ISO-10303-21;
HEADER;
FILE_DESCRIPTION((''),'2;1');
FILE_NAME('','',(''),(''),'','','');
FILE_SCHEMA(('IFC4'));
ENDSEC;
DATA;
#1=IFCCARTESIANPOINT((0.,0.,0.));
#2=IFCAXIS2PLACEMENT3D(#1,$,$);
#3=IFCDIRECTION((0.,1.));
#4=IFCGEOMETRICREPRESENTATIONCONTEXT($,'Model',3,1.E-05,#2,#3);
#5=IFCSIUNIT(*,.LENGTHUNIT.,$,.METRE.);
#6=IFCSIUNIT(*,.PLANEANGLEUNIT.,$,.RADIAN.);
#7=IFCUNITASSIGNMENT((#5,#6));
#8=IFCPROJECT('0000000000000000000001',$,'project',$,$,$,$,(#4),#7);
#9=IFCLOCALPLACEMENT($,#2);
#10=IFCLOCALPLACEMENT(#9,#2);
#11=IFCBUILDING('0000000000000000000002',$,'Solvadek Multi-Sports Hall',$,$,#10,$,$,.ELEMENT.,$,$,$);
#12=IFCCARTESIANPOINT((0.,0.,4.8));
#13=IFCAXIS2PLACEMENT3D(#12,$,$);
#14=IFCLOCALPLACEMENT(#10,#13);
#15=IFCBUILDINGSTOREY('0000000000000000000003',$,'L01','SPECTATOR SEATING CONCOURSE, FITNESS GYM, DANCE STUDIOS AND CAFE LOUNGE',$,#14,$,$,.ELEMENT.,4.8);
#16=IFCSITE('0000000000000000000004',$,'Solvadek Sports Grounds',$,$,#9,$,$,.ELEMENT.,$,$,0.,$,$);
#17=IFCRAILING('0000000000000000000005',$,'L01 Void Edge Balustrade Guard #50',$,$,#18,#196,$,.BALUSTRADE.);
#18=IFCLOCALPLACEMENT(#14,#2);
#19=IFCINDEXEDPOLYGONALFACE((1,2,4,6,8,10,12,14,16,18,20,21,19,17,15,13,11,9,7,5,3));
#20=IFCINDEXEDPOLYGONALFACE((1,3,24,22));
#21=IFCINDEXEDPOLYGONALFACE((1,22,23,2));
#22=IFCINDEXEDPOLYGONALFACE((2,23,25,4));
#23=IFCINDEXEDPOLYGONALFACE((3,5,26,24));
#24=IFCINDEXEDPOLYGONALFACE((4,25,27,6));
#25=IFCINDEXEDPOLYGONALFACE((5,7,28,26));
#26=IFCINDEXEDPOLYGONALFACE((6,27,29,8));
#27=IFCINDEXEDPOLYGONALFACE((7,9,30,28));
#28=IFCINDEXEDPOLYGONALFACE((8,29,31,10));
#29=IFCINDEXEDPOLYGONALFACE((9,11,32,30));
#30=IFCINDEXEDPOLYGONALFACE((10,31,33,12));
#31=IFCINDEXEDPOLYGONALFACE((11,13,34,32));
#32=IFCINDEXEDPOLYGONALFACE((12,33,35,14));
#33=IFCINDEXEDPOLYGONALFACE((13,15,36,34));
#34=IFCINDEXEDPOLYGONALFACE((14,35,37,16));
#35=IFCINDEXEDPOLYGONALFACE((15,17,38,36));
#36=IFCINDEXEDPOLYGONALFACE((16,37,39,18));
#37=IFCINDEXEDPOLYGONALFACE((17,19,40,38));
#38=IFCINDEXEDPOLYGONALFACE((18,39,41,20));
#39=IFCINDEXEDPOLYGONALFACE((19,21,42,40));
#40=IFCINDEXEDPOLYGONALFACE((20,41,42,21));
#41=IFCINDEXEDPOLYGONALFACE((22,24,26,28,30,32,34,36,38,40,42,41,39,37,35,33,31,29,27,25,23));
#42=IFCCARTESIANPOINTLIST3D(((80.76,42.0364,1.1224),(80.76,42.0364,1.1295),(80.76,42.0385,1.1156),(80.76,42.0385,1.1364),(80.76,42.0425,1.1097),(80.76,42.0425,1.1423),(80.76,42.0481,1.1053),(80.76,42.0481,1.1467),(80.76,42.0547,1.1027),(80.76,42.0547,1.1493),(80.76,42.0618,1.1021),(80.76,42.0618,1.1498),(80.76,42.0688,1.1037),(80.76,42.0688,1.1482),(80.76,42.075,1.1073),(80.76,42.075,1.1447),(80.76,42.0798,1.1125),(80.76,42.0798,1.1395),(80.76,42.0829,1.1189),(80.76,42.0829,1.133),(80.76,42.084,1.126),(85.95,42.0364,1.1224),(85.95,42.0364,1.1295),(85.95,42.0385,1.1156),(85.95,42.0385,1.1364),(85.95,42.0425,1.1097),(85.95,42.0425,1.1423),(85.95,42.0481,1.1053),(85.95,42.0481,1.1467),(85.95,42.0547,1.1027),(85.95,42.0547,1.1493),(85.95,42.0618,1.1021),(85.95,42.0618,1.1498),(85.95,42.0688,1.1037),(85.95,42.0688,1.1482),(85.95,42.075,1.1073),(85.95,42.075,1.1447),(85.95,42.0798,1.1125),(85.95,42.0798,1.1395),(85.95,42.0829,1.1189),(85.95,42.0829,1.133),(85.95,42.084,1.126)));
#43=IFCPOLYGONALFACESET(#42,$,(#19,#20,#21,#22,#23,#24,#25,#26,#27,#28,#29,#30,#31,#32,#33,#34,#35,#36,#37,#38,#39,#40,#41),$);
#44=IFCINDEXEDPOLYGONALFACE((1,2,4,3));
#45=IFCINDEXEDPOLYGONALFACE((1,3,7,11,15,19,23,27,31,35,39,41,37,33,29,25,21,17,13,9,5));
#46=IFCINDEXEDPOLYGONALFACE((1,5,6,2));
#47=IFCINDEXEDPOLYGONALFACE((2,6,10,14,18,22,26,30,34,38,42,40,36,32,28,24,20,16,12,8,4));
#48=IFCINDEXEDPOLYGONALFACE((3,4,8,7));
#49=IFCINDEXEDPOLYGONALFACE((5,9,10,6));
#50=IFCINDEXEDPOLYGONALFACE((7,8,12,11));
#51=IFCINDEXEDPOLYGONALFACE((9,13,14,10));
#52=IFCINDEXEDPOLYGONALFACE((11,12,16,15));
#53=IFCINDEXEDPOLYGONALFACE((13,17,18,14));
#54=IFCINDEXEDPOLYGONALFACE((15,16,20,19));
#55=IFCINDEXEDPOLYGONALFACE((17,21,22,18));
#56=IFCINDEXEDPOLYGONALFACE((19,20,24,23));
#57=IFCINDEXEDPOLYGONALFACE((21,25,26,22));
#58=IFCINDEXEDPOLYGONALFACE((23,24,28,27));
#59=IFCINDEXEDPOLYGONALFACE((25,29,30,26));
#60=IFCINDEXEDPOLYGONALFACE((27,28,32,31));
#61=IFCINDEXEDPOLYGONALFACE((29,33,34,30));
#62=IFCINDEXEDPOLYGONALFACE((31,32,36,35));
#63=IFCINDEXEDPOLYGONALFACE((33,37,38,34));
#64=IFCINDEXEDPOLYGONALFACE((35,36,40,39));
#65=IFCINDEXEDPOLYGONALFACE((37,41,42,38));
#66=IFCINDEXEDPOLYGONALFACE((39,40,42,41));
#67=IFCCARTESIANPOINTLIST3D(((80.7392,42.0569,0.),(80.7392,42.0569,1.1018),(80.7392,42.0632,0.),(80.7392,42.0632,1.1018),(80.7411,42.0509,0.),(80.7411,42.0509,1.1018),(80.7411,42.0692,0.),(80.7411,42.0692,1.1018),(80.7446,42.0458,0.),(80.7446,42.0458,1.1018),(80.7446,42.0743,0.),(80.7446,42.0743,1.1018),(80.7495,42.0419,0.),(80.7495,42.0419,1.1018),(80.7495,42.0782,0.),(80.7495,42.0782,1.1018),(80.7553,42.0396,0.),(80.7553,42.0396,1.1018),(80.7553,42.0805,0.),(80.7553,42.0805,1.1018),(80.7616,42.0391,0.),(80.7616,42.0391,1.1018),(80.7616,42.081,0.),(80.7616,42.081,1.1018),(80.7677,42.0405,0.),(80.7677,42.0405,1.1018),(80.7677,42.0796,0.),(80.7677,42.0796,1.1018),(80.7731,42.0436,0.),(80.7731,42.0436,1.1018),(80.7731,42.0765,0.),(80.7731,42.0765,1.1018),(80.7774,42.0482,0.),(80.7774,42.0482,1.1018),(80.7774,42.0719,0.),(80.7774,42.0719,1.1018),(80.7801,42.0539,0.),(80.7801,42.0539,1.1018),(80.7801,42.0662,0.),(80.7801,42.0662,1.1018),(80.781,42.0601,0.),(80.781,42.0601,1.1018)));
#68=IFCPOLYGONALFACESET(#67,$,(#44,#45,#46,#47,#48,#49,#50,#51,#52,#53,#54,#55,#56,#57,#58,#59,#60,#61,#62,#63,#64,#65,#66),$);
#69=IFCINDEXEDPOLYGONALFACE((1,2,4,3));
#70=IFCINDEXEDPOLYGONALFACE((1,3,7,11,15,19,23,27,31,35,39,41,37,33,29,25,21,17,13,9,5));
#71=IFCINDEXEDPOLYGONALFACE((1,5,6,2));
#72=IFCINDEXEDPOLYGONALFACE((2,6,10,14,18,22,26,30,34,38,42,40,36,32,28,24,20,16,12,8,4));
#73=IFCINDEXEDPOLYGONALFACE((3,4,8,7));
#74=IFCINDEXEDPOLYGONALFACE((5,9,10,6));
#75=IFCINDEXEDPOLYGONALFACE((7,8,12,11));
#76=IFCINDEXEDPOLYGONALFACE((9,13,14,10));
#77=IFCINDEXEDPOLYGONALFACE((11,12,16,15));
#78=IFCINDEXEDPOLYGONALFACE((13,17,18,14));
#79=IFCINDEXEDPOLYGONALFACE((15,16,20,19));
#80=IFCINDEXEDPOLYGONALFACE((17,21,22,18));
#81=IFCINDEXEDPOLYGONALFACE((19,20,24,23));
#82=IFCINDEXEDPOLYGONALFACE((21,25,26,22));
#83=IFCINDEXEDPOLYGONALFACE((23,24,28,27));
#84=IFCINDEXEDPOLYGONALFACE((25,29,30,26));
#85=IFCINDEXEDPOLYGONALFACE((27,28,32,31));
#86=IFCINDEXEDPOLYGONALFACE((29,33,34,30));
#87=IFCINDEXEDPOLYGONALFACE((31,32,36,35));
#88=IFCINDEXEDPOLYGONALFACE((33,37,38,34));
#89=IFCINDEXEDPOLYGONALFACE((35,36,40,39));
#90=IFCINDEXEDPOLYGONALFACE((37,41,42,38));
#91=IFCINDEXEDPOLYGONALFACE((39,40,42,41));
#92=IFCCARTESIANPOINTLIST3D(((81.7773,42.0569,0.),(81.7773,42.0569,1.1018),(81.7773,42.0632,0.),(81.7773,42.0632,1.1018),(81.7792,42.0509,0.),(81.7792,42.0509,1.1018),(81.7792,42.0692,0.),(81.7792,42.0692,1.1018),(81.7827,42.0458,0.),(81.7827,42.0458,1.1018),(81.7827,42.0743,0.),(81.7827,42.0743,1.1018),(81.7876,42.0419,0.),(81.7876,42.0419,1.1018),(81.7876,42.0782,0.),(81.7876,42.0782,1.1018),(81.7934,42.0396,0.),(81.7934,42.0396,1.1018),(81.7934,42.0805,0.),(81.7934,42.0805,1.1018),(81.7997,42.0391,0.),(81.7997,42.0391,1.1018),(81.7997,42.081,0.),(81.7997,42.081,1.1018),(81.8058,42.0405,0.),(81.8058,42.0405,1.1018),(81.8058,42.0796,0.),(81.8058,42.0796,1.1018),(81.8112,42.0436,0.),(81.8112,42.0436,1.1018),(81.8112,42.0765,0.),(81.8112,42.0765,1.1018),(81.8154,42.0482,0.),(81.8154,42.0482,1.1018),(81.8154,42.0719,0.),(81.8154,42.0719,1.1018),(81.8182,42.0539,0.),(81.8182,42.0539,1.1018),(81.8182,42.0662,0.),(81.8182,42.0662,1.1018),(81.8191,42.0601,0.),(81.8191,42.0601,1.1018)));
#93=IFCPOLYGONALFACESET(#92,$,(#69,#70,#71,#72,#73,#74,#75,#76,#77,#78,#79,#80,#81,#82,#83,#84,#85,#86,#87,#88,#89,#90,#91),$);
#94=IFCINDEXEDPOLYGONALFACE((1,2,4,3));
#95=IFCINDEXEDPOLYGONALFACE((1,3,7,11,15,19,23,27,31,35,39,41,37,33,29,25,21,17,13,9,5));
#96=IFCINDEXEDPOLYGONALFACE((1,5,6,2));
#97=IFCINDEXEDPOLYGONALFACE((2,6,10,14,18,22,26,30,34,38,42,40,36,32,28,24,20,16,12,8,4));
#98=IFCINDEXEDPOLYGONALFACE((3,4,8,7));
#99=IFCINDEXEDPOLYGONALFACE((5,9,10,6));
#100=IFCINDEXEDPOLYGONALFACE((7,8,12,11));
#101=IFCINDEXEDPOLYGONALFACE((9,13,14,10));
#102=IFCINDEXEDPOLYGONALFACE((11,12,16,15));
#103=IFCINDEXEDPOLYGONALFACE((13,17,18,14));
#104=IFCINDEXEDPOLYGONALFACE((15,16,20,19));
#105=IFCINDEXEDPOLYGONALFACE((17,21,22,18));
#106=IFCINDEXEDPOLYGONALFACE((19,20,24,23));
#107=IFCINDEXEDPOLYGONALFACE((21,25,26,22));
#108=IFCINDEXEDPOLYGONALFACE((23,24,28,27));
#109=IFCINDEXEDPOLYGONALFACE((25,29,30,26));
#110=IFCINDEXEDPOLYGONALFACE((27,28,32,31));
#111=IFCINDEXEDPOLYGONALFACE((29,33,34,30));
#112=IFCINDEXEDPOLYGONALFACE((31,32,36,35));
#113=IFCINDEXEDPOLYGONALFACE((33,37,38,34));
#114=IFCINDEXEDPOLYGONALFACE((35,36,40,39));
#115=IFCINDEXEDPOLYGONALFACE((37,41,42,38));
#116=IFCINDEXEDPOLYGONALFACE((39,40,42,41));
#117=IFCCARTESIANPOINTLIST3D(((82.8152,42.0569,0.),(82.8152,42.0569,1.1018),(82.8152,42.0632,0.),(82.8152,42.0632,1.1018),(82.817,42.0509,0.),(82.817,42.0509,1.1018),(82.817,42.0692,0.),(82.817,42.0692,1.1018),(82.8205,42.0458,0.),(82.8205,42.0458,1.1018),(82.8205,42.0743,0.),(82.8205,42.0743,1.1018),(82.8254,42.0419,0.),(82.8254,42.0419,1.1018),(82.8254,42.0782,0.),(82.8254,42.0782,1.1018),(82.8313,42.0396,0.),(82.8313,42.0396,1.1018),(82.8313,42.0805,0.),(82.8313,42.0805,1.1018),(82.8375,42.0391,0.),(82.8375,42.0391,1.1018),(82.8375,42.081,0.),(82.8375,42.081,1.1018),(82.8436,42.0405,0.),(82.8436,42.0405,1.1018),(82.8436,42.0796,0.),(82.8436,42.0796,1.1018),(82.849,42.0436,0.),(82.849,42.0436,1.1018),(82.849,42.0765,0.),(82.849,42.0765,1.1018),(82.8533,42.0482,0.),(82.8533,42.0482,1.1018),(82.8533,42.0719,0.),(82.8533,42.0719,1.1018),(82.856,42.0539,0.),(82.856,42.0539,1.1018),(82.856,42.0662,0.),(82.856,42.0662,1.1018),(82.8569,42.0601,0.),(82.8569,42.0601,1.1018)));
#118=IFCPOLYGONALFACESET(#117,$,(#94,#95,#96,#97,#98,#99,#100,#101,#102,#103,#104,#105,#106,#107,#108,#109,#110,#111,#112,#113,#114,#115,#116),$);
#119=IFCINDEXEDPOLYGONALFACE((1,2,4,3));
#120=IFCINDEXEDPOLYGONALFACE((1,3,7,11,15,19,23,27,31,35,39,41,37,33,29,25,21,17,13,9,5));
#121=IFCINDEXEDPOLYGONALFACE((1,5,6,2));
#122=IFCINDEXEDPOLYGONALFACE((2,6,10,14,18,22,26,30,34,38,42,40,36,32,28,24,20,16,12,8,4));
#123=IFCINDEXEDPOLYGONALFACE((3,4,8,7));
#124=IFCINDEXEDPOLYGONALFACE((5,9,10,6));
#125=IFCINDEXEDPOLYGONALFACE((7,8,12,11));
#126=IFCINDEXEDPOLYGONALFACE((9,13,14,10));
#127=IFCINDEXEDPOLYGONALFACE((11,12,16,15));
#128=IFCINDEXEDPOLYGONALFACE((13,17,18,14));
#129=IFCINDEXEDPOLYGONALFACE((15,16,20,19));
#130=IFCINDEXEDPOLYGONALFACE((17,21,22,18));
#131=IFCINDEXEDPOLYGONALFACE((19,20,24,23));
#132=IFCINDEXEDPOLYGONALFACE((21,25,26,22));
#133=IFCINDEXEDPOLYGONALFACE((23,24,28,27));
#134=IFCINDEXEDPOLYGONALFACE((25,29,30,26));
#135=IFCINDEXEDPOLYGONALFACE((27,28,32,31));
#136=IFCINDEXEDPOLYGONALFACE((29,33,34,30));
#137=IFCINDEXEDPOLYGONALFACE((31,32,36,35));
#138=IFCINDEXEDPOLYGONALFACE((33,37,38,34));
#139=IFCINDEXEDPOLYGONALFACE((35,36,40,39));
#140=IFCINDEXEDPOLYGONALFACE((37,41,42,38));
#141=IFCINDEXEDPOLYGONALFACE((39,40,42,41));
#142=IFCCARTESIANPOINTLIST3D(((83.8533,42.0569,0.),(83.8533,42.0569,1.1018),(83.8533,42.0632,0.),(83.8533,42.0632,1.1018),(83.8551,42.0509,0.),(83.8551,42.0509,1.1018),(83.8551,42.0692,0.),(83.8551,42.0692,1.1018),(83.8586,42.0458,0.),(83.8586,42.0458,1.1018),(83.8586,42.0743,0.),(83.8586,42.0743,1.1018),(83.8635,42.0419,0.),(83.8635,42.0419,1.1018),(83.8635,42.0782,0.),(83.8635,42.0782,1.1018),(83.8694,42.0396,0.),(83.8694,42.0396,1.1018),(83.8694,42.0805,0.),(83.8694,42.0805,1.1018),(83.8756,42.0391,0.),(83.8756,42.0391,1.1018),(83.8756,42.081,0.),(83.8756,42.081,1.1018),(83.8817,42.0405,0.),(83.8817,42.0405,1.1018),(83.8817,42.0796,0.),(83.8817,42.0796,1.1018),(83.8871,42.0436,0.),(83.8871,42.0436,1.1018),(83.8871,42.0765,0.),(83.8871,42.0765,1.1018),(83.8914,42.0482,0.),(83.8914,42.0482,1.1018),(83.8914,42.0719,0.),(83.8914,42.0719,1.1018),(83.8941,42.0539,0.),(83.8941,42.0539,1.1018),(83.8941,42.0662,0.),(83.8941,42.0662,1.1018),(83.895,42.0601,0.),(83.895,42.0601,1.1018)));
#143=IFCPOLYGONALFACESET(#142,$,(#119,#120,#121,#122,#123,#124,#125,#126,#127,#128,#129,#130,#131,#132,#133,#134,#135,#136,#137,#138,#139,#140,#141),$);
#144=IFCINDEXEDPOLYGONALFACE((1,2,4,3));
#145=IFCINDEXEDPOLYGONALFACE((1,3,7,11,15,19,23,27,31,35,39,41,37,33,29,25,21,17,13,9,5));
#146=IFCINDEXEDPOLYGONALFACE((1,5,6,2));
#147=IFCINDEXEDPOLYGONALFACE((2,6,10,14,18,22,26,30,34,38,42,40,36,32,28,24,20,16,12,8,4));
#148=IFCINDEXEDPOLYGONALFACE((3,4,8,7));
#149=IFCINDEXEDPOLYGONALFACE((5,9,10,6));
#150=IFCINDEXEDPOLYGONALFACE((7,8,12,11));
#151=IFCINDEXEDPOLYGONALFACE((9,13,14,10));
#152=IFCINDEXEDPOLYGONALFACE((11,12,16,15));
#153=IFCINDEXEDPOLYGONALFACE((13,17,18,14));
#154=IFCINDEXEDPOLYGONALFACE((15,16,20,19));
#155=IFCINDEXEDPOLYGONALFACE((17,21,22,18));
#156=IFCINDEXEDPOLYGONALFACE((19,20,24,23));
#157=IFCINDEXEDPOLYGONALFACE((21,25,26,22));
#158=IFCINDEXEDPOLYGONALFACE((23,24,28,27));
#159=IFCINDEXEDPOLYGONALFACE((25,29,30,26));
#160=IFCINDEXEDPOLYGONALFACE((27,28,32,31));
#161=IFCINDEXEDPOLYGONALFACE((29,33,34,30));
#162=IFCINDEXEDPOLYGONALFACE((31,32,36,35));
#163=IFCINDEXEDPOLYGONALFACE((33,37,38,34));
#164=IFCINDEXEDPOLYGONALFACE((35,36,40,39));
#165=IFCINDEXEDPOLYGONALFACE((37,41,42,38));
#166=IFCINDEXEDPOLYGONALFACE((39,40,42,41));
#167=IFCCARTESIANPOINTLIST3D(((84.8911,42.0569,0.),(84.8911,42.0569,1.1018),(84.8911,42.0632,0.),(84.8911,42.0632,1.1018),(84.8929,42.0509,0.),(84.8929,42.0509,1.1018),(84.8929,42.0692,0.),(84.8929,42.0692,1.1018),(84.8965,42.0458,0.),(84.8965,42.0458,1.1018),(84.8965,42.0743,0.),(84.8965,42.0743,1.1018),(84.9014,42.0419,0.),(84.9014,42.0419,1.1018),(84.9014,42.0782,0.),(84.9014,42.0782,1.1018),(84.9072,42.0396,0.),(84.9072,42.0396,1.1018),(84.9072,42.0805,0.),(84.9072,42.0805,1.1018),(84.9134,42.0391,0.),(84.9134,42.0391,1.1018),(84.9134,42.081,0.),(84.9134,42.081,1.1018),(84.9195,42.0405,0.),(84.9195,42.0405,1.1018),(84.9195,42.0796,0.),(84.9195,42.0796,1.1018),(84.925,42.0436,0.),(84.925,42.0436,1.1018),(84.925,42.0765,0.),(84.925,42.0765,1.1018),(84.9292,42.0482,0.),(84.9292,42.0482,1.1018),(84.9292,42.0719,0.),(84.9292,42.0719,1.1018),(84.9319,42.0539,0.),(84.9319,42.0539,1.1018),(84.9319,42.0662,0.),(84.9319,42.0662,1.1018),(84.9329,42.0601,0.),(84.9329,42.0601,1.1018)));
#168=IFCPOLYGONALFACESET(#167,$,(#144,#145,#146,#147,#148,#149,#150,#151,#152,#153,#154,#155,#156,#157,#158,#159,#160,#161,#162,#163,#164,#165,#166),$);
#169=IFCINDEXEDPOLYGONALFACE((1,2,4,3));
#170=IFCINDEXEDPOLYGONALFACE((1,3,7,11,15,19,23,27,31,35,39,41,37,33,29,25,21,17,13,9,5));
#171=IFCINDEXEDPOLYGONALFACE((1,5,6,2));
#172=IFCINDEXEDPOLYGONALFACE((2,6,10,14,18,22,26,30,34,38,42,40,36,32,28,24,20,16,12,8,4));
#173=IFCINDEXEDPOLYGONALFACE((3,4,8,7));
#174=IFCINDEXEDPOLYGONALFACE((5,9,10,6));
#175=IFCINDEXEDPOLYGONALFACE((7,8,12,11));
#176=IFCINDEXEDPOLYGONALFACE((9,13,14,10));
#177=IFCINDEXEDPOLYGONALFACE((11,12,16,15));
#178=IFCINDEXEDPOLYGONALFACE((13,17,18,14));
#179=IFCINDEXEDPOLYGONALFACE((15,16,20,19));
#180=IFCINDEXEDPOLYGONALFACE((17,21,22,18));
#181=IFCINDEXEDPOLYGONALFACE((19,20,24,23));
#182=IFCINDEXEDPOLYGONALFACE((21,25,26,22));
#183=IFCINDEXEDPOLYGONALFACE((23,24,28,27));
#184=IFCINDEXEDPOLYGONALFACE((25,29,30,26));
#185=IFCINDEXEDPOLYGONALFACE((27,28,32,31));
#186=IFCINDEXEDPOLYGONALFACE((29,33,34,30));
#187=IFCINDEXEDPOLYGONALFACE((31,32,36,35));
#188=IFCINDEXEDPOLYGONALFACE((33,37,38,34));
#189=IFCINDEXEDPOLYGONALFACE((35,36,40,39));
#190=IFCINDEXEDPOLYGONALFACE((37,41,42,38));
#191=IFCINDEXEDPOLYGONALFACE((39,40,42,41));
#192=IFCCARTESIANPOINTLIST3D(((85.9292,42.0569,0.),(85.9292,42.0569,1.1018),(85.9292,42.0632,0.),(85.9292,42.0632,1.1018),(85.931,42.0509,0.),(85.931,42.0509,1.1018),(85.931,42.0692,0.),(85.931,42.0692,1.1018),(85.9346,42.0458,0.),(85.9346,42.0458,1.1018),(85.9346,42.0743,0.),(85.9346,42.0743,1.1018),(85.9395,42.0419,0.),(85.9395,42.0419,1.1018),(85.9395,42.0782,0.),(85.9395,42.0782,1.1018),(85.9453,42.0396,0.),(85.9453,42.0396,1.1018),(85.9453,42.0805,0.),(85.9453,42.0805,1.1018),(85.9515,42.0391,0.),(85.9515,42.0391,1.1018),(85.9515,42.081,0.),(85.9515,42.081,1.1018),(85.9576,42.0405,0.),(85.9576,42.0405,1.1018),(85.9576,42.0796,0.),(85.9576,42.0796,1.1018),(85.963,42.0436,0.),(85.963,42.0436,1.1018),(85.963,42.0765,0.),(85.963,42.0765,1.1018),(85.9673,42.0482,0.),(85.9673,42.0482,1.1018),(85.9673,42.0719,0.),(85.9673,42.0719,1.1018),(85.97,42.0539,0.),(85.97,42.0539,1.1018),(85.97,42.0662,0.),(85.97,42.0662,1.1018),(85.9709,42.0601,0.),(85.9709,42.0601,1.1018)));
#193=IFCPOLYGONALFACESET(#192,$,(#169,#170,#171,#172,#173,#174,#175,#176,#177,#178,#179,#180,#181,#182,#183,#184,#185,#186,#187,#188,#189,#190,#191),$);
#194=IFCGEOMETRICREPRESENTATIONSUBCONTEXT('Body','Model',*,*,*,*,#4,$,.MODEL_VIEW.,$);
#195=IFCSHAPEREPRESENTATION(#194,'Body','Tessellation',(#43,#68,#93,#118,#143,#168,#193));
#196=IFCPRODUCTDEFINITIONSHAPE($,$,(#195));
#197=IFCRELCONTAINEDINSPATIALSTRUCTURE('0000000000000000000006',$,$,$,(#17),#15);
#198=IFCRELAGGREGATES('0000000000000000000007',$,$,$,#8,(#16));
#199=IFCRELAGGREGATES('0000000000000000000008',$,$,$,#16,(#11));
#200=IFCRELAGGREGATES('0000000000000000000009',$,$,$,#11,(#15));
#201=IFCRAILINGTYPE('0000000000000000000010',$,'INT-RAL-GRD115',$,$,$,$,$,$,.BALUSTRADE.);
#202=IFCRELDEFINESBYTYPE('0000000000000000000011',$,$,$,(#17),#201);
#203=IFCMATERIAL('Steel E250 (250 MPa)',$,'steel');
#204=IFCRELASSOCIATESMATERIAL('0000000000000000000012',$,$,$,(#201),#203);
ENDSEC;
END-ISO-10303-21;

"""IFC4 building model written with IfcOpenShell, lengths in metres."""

from ifc_helpers import new_model, si_unit, direction, frame, origin, origin_2d, place, context, subcontext, project, spatial, circle, extrude, material, type_object, element, save


model = new_model("IFC4")

# Units and contexts
model_context = context("Model", 3, precision=1e-05, world=origin(), true_north=direction((0.0, 1.0)))
body_context = subcontext(model_context, "Body", "Model", "MODEL_VIEW")
ifc_project = project(units=[si_unit("LENGTHUNIT", "METRE"), si_unit("PLANEANGLEUNIT", "RADIAN")], contexts=[model_context])

# Site, building, storey
site_placement = place(None, origin())
site = spatial("IfcSite", under=ifc_project, at=site_placement, Name="Solvadek Sports Grounds", CompositionType="ELEMENT", RefElevation=0.0)
building_placement = place(site_placement, origin())
building = spatial("IfcBuilding", under=site, at=building_placement, Name="Solvadek Multi-Sports Hall", CompositionType="ELEMENT")
storey_placement = place(building_placement, frame((0.0, 0.0, 4.8)))
storey = spatial("IfcBuildingStorey", under=building, at=storey_placement, Name="L01", Description="SPECTATOR SEATING CONCOURSE, FITNESS GYM, DANCE STUDIOS AND CAFE LOUNGE", CompositionType="ELEMENT", Elevation=4.8)

# Shared definitions
ifc_material_1 = material(Name="Steel E250 (250 MPa)", Category="steel")

# Railing
railing_type = type_object("IfcRailingType", Name="INT-RAL-GRD115", PredefinedType="BALUSTRADE", material=ifc_material_1)
railing_1_placement = place(storey_placement, frame((80.76, 42.0601, 0.0)))
element("IfcRailing", 1, at=railing_1_placement, inside=storey, type_object=railing_type, Name="L01 Void Edge Balustrade Guard #50", PredefinedType="BALUSTRADE", context=body_context, shape_type="SweptSolid", body=[
    extrude(circle(Radius=0.0239, at=origin_2d()), frame((0.0, 0.0, 1.126), z_axis=(1.0, 0.0, 0.0), x_axis=(0.0, 1.0, 0.0)), (0.0, 0.0, 1.0), 5.1899),
    extrude(circle(Radius=0.021, at=origin_2d()), origin(), (0.0, 0.0, 1.0), 1.1018),
    extrude(circle(Radius=0.021, at=origin_2d()), frame((1.0381, 0.0, 0.0)), (0.0, 0.0, 1.0), 1.1018),
    extrude(circle(Radius=0.021, at=origin_2d()), frame((2.0759, 0.0, 0.0)), (0.0, 0.0, 1.0), 1.1018),
    extrude(circle(Radius=0.021, at=origin_2d()), frame((3.114, 0.0, 0.0)), (0.0, 0.0, 1.0), 1.1018),
    extrude(circle(Radius=0.021, at=origin_2d()), frame((4.1519, 0.0, 0.0)), (0.0, 0.0, 1.0), 1.1018),
    extrude(circle(Radius=0.021, at=origin_2d()), frame((5.1899, 0.0, 0.0)), (0.0, 0.0, 1.0), 1.1018),
])

save(model, "model.ifc")
